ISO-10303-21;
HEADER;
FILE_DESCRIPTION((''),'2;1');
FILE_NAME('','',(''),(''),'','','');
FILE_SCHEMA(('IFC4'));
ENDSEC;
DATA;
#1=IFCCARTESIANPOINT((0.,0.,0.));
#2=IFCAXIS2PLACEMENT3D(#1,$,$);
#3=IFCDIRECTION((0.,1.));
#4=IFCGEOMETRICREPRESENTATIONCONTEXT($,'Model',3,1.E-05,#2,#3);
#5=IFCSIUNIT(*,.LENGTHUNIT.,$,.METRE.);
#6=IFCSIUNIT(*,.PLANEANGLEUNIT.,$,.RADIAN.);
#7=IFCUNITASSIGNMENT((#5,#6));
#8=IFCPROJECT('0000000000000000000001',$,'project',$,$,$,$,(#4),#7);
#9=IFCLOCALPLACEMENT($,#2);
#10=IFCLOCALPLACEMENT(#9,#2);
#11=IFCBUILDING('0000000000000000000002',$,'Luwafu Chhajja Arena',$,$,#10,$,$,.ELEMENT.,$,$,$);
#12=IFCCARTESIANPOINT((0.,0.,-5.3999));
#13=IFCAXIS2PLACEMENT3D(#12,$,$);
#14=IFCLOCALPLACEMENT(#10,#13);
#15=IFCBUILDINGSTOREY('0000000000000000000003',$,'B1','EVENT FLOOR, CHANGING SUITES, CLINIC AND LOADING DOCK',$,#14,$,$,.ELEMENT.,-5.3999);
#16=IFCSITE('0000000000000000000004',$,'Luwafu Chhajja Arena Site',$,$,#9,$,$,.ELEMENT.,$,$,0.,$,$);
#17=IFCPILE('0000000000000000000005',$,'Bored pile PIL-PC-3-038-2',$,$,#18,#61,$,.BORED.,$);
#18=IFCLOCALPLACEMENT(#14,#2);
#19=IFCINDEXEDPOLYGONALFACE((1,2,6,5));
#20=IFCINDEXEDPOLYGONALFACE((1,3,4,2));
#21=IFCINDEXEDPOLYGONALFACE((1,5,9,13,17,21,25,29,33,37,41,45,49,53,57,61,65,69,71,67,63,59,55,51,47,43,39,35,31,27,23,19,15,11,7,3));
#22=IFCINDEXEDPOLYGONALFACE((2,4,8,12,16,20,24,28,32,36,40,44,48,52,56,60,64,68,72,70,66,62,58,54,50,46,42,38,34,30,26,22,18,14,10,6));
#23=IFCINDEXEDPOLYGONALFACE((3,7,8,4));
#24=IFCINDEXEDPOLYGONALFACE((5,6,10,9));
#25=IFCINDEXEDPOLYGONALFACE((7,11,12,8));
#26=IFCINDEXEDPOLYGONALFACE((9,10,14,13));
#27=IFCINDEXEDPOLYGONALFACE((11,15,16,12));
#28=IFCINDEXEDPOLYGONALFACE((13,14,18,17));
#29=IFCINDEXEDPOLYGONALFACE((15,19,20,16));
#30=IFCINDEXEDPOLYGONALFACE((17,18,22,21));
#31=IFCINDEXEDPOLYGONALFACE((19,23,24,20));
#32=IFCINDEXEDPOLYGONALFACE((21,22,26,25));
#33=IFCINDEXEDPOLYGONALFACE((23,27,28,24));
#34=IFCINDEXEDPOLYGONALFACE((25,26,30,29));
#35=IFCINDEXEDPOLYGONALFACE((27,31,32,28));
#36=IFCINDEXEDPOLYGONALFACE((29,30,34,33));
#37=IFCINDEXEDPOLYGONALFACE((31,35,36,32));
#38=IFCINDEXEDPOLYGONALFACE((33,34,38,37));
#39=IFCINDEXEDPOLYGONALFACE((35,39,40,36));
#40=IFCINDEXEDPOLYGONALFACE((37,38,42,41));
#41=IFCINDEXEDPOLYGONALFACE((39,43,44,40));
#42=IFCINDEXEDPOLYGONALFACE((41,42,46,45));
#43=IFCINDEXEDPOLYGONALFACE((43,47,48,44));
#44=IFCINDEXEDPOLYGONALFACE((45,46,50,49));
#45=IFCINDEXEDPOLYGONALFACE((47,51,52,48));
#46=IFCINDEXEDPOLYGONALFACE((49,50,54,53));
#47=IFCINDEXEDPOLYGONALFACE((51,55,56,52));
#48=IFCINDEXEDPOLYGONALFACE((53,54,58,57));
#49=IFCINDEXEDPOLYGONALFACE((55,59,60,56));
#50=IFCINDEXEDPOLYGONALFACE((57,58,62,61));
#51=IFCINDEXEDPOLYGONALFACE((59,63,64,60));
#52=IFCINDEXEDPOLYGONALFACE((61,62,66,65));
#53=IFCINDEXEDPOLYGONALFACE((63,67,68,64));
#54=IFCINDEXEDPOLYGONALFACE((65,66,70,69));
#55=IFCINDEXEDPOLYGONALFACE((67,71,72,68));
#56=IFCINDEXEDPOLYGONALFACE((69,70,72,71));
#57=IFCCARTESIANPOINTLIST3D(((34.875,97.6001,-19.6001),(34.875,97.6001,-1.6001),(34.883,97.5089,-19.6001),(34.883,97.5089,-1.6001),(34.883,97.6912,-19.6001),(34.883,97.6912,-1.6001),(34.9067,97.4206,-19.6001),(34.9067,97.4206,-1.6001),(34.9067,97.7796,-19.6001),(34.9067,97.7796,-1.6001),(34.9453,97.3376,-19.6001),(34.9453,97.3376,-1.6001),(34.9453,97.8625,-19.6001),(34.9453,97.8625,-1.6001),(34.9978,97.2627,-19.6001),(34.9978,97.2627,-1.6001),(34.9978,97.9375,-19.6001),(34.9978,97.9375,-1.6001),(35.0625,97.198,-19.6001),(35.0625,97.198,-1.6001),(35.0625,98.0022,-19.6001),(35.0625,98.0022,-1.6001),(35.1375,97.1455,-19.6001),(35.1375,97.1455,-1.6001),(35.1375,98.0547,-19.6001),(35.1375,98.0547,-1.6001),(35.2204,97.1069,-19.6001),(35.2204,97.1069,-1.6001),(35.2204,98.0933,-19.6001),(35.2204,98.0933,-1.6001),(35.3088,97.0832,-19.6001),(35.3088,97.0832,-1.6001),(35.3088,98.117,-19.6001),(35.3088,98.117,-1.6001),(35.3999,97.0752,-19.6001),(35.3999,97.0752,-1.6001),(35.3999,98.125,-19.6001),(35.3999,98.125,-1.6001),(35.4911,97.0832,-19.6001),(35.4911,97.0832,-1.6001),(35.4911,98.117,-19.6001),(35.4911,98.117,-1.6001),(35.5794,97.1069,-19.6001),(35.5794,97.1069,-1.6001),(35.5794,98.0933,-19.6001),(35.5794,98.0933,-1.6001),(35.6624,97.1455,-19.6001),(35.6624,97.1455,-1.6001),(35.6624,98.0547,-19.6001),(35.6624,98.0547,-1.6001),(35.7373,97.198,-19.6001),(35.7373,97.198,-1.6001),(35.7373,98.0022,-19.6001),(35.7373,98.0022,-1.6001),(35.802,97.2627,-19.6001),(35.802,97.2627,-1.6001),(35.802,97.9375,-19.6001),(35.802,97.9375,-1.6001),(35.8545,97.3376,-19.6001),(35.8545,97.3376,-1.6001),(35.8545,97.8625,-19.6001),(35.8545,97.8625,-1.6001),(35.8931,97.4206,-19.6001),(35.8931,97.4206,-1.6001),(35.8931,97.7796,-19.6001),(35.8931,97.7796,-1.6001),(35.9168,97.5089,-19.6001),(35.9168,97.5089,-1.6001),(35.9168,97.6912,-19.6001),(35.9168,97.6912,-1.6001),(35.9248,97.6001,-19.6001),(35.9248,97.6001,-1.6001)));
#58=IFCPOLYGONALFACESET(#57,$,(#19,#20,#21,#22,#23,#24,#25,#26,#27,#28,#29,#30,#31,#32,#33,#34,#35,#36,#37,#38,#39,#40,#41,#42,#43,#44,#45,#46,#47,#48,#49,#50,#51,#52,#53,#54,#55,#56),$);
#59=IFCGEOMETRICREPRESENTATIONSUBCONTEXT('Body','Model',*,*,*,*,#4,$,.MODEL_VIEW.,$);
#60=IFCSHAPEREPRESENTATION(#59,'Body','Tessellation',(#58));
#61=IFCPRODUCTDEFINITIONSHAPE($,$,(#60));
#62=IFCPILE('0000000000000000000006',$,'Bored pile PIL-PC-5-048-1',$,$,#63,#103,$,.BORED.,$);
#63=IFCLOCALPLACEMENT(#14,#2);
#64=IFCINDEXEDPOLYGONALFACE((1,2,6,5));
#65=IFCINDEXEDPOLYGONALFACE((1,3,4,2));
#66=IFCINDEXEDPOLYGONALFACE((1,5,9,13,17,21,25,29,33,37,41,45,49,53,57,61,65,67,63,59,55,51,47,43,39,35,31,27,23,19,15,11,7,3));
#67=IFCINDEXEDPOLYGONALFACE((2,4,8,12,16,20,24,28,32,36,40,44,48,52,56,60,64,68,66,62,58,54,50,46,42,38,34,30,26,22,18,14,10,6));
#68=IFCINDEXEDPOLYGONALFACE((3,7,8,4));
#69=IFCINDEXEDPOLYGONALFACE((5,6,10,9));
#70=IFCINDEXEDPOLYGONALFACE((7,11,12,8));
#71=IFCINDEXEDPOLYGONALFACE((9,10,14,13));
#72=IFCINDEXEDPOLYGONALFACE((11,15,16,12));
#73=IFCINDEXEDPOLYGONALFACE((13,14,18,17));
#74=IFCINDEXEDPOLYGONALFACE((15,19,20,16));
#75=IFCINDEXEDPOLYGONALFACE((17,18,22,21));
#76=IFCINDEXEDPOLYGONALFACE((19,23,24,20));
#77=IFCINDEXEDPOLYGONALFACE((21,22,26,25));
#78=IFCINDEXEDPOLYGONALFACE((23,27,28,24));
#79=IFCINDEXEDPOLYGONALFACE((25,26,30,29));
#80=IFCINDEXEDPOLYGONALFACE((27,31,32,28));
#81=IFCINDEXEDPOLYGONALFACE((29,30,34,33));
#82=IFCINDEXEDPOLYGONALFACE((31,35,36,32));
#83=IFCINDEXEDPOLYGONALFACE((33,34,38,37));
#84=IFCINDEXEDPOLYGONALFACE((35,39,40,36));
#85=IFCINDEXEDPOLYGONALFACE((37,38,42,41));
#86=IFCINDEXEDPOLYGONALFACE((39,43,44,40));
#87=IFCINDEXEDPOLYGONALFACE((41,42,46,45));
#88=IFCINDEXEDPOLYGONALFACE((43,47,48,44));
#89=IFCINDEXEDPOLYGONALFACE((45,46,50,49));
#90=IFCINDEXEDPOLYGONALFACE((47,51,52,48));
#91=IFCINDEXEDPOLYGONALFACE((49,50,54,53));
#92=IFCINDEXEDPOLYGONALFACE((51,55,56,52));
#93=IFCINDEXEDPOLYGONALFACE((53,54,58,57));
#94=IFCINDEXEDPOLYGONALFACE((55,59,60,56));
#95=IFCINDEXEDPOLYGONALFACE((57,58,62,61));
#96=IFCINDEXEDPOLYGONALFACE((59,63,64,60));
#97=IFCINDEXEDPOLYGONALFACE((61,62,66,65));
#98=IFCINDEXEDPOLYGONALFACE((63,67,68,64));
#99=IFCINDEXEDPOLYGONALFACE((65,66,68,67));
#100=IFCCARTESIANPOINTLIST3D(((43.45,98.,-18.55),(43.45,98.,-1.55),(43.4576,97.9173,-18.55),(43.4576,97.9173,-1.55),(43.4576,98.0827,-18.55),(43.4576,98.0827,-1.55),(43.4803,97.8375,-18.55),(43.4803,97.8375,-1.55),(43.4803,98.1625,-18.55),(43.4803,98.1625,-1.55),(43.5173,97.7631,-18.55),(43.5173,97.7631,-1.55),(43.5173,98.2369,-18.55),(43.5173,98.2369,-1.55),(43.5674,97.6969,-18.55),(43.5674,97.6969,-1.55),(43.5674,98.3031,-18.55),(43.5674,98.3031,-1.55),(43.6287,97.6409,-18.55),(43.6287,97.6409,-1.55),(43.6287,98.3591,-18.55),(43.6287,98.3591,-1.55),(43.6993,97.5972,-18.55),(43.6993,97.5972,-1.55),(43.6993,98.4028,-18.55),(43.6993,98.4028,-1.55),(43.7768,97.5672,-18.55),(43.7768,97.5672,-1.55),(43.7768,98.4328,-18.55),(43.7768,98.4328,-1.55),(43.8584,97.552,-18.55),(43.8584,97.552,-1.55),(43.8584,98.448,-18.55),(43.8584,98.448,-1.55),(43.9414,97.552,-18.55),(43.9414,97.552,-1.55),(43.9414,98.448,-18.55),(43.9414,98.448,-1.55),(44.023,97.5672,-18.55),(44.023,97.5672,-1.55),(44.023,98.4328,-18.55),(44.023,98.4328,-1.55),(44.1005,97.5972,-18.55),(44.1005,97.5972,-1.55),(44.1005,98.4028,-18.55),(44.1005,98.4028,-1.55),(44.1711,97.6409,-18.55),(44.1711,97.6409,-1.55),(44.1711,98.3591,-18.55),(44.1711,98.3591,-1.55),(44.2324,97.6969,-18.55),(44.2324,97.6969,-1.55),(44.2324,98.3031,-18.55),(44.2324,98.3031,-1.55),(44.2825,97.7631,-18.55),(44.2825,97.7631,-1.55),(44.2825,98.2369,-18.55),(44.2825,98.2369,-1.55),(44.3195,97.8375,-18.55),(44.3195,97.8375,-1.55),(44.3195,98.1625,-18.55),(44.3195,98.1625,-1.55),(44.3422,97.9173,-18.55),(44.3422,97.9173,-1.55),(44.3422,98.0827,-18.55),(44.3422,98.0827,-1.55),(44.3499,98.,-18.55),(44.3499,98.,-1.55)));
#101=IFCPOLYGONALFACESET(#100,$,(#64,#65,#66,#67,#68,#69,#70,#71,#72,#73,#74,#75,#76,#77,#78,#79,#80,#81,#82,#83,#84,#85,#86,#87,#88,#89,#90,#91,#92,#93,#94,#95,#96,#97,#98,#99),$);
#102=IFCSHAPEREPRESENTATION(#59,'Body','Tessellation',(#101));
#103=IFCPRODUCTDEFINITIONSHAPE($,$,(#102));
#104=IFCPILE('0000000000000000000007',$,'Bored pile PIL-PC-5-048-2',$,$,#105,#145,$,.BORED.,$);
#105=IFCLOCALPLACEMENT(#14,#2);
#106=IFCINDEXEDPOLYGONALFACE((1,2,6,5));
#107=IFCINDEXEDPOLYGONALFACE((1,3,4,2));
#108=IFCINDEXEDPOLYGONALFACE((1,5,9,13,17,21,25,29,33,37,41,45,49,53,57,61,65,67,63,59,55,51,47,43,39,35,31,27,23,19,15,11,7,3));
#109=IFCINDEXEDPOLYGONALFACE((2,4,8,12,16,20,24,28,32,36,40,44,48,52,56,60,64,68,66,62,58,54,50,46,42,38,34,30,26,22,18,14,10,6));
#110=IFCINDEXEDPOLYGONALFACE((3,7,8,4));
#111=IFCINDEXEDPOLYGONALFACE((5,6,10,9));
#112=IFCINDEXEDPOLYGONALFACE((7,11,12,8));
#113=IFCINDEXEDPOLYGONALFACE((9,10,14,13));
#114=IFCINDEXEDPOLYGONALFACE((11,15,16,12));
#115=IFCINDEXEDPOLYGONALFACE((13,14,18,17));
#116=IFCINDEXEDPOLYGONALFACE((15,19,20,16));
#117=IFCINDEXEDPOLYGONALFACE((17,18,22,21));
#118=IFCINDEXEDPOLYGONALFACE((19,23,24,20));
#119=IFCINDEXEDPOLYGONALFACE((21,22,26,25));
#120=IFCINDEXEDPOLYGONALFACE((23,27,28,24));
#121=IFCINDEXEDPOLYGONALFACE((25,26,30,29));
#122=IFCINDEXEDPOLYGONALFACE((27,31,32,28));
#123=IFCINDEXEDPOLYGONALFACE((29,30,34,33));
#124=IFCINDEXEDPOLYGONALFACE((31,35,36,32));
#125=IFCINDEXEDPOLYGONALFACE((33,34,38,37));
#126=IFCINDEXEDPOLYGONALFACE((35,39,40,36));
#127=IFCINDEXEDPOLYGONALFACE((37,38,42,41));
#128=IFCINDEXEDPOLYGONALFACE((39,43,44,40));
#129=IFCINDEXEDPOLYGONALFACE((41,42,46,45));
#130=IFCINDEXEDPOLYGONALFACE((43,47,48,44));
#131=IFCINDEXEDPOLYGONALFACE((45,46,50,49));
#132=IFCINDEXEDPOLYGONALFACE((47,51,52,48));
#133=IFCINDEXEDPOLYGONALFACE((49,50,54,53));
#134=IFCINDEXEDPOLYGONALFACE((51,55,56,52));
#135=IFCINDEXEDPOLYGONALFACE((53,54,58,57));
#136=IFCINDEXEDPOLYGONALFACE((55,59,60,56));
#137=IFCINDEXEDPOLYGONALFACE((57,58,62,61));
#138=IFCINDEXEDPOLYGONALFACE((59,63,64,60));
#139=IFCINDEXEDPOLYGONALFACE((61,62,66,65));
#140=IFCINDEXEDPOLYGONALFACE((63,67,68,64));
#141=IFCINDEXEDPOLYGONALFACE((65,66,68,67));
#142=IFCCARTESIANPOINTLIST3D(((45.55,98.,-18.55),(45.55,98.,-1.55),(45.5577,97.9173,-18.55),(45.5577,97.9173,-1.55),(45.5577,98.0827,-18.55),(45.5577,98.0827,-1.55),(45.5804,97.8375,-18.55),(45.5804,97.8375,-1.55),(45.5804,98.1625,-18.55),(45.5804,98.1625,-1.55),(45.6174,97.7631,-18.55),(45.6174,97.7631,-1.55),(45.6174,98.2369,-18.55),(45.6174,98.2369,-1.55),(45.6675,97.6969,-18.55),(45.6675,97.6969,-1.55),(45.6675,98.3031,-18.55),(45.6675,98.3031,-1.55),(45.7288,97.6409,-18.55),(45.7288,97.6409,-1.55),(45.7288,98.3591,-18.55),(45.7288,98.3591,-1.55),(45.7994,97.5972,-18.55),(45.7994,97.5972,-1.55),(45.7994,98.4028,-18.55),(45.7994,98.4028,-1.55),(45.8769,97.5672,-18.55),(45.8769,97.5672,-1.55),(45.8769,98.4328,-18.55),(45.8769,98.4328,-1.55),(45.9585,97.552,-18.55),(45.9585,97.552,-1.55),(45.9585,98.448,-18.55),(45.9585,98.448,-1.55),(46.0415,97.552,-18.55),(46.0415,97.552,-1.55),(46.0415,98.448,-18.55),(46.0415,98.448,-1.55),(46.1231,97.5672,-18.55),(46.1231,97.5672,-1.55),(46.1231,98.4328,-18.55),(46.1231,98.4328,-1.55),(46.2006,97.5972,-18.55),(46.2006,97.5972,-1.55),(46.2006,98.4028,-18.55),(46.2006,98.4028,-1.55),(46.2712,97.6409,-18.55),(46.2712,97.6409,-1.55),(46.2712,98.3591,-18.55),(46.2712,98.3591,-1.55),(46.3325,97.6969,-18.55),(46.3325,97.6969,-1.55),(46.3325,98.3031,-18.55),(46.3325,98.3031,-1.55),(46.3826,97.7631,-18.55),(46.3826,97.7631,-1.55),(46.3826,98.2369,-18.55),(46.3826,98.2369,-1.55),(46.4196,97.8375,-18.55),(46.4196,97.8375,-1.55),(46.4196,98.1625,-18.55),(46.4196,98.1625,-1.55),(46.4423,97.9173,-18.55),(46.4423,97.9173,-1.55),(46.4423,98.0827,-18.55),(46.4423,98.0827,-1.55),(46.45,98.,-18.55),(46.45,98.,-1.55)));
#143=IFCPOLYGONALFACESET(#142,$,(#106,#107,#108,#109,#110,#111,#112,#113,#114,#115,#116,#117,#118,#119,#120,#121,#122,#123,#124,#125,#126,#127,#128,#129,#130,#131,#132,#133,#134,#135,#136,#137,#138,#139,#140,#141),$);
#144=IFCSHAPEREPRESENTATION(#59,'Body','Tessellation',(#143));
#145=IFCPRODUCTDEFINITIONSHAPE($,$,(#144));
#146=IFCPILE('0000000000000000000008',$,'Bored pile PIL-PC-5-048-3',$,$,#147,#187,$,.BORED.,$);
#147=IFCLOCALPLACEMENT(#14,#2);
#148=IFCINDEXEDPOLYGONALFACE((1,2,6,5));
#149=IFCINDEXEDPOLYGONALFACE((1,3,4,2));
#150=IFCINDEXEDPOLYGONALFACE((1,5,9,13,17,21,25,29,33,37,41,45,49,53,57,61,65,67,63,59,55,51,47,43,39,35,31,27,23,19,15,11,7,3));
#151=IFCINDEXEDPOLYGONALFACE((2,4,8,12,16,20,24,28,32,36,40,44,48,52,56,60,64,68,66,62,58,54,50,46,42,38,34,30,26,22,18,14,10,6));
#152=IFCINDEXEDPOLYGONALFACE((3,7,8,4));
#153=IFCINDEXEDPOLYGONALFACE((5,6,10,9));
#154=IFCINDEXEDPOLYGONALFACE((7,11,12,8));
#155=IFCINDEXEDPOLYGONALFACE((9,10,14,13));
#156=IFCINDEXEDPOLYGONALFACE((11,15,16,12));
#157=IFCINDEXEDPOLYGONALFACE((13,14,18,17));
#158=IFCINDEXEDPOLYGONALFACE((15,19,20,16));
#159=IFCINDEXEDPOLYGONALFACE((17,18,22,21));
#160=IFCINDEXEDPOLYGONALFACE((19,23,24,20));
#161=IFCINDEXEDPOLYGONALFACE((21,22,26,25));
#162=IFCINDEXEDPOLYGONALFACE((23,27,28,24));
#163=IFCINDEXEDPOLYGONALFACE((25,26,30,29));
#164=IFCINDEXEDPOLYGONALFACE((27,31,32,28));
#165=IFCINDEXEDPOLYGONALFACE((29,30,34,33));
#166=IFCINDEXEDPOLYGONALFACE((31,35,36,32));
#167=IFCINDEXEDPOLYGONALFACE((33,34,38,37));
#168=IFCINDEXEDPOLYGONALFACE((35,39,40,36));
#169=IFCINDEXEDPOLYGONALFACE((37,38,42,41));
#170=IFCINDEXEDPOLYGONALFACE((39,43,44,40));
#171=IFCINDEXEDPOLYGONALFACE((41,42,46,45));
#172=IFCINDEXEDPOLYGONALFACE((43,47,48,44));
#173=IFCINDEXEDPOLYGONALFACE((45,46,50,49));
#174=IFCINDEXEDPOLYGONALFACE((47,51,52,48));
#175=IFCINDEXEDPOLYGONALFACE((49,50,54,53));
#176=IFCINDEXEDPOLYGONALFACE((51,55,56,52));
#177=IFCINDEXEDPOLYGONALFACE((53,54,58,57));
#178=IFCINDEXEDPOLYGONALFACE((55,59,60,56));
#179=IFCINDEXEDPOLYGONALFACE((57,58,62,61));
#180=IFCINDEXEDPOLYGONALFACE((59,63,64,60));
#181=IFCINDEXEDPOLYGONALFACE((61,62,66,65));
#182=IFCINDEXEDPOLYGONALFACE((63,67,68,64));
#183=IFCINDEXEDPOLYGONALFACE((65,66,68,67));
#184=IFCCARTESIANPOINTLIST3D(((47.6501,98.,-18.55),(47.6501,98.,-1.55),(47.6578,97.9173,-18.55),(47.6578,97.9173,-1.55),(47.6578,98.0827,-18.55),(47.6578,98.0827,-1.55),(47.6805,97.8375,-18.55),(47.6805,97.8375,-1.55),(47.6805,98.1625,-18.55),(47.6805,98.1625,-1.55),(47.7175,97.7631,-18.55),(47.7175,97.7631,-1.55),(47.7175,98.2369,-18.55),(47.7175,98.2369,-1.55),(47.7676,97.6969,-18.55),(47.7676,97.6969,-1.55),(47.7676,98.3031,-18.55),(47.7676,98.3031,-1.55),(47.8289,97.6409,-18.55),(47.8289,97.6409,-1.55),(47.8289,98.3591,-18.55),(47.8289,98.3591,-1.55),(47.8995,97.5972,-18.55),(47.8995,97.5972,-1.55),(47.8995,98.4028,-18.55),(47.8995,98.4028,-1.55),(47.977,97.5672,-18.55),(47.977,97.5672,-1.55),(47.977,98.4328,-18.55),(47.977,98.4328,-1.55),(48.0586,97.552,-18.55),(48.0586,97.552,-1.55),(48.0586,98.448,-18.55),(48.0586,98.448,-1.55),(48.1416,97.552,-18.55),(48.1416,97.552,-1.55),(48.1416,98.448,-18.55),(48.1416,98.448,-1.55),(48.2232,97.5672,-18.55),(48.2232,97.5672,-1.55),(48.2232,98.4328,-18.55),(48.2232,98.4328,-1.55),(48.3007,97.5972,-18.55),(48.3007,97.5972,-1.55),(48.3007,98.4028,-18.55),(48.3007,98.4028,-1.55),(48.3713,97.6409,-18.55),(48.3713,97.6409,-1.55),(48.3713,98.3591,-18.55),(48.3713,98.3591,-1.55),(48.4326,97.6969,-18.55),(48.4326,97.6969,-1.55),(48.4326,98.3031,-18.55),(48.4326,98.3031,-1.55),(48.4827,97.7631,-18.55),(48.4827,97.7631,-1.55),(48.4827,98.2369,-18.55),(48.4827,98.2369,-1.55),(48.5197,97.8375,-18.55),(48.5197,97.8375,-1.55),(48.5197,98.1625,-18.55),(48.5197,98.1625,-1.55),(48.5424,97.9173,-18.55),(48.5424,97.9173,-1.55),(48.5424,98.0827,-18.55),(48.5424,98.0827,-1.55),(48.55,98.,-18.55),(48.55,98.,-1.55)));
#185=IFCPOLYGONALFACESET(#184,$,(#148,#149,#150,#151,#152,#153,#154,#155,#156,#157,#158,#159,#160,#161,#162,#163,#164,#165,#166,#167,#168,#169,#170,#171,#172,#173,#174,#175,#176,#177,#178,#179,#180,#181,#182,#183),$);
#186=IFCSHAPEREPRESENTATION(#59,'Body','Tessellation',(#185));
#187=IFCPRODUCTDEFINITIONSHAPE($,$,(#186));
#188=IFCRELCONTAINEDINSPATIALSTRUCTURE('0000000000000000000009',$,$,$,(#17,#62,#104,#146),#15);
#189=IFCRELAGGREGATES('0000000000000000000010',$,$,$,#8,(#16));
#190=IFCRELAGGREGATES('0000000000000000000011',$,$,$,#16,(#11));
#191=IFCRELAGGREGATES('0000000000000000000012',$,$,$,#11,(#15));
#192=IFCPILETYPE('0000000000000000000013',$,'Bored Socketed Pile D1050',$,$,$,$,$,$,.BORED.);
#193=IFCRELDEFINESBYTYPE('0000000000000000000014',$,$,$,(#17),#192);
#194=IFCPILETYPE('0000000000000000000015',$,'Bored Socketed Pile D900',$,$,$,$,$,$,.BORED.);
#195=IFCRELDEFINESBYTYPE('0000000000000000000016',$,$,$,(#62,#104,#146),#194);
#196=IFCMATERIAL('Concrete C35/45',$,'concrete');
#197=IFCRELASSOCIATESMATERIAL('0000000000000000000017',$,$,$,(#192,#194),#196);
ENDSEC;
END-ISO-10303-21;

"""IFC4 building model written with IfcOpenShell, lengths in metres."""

from ifc_helpers import new_model, si_unit, direction, frame, origin, origin_2d, place, context, subcontext, project, spatial, circle, extrude, material, material_profile, profile_set, type_object, element, save


model = new_model("IFC4")

# Units and contexts
model_context = context("Model", 3, precision=1e-05, world=origin(), true_north=direction((0.0, 1.0)))
body_context = subcontext(model_context, "Body", "Model", "MODEL_VIEW")
ifc_project = project(units=[si_unit("LENGTHUNIT", "METRE"), si_unit("PLANEANGLEUNIT", "RADIAN")], contexts=[model_context])

# Site, building, storey
site_placement = place(None, origin())
site = spatial("IfcSite", under=ifc_project, at=site_placement, Name="Luwafu Chhajja Arena Site", CompositionType="ELEMENT", RefElevation=0.0)
building_placement = place(site_placement, origin())
building = spatial("IfcBuilding", under=site, at=building_placement, Name="Luwafu Chhajja Arena", CompositionType="ELEMENT")
storey_placement = place(building_placement, frame((0.0, 0.0, -5.3999)))
storey = spatial("IfcBuildingStorey", under=building, at=storey_placement, Name="B1", Description="EVENT FLOOR, CHANGING SUITES, CLINIC AND LOADING DOCK", CompositionType="ELEMENT", Elevation=-5.3999)

# Piles
ifc_material_1 = material(Name="Concrete C35/45", Category="concrete")
ifc_material_profile_1 = material_profile(ifc_material_1, circle(Radius=0.5249, at=origin_2d()), Name="PILE D1050")
ifc_profile_set_1 = profile_set([ifc_material_profile_1], Name="Concrete C35/45")
pile_type_1 = type_object("IfcPileType", Name="Bored Socketed Pile D1050", PredefinedType="BORED", material=ifc_profile_set_1)
pile_placement = place(storey_placement, frame((35.3999, 97.6001, -1.6001), z_axis=(0.0, 0.0, -1.0), x_axis=(1.0, 0.0, 0.0)))
element("IfcPile", 1, at=pile_placement, inside=storey, type_object=pile_type_1, Name="Bored pile PIL-PC-3-038-2", PredefinedType="BORED", context=body_context, shape_type="SweptSolid", body=[
    extrude(circle(Radius=0.5249, at=origin_2d()), origin(), (0.0, 0.0, 1.0), 18.0),
])
ifc_material_profile_2 = material_profile(ifc_material_1, circle(Radius=0.45, at=origin_2d()), Name="PILE D900")
ifc_profile_set_2 = profile_set([ifc_material_profile_2], Name="Concrete C35/45")
pile_type_2 = type_object("IfcPileType", Name="Bored Socketed Pile D900", PredefinedType="BORED", material=ifc_profile_set_2)
for number, where, z_axis, x_axis, name in (
    (2, (43.8999, 98.0, -1.55), (0.0, 0.0, -1.0), (1.0, 0.0, 0.0), "Bored pile PIL-PC-5-048-1"),
    (3, (46.0, 98.0, -1.55), (0.0, 0.0, -1.0), (1.0, 0.0, 0.0), "Bored pile PIL-PC-5-048-2"),
    (4, (48.1001, 98.0, -1.55), (0.0, 0.0, -1.0), (1.0, 0.0, 0.0), "Bored pile PIL-PC-5-048-3"),
):
    element("IfcPile", number, at=place(storey_placement, frame(where, z_axis=z_axis, x_axis=x_axis)), inside=storey, type_object=pile_type_2, Name=name, PredefinedType="BORED", context=body_context, shape_type="SweptSolid", body=[
        extrude(circle(Radius=0.45, at=origin_2d()), origin(), (0.0, 0.0, 1.0), 17.0),
    ])

save(model, "model.ifc")
